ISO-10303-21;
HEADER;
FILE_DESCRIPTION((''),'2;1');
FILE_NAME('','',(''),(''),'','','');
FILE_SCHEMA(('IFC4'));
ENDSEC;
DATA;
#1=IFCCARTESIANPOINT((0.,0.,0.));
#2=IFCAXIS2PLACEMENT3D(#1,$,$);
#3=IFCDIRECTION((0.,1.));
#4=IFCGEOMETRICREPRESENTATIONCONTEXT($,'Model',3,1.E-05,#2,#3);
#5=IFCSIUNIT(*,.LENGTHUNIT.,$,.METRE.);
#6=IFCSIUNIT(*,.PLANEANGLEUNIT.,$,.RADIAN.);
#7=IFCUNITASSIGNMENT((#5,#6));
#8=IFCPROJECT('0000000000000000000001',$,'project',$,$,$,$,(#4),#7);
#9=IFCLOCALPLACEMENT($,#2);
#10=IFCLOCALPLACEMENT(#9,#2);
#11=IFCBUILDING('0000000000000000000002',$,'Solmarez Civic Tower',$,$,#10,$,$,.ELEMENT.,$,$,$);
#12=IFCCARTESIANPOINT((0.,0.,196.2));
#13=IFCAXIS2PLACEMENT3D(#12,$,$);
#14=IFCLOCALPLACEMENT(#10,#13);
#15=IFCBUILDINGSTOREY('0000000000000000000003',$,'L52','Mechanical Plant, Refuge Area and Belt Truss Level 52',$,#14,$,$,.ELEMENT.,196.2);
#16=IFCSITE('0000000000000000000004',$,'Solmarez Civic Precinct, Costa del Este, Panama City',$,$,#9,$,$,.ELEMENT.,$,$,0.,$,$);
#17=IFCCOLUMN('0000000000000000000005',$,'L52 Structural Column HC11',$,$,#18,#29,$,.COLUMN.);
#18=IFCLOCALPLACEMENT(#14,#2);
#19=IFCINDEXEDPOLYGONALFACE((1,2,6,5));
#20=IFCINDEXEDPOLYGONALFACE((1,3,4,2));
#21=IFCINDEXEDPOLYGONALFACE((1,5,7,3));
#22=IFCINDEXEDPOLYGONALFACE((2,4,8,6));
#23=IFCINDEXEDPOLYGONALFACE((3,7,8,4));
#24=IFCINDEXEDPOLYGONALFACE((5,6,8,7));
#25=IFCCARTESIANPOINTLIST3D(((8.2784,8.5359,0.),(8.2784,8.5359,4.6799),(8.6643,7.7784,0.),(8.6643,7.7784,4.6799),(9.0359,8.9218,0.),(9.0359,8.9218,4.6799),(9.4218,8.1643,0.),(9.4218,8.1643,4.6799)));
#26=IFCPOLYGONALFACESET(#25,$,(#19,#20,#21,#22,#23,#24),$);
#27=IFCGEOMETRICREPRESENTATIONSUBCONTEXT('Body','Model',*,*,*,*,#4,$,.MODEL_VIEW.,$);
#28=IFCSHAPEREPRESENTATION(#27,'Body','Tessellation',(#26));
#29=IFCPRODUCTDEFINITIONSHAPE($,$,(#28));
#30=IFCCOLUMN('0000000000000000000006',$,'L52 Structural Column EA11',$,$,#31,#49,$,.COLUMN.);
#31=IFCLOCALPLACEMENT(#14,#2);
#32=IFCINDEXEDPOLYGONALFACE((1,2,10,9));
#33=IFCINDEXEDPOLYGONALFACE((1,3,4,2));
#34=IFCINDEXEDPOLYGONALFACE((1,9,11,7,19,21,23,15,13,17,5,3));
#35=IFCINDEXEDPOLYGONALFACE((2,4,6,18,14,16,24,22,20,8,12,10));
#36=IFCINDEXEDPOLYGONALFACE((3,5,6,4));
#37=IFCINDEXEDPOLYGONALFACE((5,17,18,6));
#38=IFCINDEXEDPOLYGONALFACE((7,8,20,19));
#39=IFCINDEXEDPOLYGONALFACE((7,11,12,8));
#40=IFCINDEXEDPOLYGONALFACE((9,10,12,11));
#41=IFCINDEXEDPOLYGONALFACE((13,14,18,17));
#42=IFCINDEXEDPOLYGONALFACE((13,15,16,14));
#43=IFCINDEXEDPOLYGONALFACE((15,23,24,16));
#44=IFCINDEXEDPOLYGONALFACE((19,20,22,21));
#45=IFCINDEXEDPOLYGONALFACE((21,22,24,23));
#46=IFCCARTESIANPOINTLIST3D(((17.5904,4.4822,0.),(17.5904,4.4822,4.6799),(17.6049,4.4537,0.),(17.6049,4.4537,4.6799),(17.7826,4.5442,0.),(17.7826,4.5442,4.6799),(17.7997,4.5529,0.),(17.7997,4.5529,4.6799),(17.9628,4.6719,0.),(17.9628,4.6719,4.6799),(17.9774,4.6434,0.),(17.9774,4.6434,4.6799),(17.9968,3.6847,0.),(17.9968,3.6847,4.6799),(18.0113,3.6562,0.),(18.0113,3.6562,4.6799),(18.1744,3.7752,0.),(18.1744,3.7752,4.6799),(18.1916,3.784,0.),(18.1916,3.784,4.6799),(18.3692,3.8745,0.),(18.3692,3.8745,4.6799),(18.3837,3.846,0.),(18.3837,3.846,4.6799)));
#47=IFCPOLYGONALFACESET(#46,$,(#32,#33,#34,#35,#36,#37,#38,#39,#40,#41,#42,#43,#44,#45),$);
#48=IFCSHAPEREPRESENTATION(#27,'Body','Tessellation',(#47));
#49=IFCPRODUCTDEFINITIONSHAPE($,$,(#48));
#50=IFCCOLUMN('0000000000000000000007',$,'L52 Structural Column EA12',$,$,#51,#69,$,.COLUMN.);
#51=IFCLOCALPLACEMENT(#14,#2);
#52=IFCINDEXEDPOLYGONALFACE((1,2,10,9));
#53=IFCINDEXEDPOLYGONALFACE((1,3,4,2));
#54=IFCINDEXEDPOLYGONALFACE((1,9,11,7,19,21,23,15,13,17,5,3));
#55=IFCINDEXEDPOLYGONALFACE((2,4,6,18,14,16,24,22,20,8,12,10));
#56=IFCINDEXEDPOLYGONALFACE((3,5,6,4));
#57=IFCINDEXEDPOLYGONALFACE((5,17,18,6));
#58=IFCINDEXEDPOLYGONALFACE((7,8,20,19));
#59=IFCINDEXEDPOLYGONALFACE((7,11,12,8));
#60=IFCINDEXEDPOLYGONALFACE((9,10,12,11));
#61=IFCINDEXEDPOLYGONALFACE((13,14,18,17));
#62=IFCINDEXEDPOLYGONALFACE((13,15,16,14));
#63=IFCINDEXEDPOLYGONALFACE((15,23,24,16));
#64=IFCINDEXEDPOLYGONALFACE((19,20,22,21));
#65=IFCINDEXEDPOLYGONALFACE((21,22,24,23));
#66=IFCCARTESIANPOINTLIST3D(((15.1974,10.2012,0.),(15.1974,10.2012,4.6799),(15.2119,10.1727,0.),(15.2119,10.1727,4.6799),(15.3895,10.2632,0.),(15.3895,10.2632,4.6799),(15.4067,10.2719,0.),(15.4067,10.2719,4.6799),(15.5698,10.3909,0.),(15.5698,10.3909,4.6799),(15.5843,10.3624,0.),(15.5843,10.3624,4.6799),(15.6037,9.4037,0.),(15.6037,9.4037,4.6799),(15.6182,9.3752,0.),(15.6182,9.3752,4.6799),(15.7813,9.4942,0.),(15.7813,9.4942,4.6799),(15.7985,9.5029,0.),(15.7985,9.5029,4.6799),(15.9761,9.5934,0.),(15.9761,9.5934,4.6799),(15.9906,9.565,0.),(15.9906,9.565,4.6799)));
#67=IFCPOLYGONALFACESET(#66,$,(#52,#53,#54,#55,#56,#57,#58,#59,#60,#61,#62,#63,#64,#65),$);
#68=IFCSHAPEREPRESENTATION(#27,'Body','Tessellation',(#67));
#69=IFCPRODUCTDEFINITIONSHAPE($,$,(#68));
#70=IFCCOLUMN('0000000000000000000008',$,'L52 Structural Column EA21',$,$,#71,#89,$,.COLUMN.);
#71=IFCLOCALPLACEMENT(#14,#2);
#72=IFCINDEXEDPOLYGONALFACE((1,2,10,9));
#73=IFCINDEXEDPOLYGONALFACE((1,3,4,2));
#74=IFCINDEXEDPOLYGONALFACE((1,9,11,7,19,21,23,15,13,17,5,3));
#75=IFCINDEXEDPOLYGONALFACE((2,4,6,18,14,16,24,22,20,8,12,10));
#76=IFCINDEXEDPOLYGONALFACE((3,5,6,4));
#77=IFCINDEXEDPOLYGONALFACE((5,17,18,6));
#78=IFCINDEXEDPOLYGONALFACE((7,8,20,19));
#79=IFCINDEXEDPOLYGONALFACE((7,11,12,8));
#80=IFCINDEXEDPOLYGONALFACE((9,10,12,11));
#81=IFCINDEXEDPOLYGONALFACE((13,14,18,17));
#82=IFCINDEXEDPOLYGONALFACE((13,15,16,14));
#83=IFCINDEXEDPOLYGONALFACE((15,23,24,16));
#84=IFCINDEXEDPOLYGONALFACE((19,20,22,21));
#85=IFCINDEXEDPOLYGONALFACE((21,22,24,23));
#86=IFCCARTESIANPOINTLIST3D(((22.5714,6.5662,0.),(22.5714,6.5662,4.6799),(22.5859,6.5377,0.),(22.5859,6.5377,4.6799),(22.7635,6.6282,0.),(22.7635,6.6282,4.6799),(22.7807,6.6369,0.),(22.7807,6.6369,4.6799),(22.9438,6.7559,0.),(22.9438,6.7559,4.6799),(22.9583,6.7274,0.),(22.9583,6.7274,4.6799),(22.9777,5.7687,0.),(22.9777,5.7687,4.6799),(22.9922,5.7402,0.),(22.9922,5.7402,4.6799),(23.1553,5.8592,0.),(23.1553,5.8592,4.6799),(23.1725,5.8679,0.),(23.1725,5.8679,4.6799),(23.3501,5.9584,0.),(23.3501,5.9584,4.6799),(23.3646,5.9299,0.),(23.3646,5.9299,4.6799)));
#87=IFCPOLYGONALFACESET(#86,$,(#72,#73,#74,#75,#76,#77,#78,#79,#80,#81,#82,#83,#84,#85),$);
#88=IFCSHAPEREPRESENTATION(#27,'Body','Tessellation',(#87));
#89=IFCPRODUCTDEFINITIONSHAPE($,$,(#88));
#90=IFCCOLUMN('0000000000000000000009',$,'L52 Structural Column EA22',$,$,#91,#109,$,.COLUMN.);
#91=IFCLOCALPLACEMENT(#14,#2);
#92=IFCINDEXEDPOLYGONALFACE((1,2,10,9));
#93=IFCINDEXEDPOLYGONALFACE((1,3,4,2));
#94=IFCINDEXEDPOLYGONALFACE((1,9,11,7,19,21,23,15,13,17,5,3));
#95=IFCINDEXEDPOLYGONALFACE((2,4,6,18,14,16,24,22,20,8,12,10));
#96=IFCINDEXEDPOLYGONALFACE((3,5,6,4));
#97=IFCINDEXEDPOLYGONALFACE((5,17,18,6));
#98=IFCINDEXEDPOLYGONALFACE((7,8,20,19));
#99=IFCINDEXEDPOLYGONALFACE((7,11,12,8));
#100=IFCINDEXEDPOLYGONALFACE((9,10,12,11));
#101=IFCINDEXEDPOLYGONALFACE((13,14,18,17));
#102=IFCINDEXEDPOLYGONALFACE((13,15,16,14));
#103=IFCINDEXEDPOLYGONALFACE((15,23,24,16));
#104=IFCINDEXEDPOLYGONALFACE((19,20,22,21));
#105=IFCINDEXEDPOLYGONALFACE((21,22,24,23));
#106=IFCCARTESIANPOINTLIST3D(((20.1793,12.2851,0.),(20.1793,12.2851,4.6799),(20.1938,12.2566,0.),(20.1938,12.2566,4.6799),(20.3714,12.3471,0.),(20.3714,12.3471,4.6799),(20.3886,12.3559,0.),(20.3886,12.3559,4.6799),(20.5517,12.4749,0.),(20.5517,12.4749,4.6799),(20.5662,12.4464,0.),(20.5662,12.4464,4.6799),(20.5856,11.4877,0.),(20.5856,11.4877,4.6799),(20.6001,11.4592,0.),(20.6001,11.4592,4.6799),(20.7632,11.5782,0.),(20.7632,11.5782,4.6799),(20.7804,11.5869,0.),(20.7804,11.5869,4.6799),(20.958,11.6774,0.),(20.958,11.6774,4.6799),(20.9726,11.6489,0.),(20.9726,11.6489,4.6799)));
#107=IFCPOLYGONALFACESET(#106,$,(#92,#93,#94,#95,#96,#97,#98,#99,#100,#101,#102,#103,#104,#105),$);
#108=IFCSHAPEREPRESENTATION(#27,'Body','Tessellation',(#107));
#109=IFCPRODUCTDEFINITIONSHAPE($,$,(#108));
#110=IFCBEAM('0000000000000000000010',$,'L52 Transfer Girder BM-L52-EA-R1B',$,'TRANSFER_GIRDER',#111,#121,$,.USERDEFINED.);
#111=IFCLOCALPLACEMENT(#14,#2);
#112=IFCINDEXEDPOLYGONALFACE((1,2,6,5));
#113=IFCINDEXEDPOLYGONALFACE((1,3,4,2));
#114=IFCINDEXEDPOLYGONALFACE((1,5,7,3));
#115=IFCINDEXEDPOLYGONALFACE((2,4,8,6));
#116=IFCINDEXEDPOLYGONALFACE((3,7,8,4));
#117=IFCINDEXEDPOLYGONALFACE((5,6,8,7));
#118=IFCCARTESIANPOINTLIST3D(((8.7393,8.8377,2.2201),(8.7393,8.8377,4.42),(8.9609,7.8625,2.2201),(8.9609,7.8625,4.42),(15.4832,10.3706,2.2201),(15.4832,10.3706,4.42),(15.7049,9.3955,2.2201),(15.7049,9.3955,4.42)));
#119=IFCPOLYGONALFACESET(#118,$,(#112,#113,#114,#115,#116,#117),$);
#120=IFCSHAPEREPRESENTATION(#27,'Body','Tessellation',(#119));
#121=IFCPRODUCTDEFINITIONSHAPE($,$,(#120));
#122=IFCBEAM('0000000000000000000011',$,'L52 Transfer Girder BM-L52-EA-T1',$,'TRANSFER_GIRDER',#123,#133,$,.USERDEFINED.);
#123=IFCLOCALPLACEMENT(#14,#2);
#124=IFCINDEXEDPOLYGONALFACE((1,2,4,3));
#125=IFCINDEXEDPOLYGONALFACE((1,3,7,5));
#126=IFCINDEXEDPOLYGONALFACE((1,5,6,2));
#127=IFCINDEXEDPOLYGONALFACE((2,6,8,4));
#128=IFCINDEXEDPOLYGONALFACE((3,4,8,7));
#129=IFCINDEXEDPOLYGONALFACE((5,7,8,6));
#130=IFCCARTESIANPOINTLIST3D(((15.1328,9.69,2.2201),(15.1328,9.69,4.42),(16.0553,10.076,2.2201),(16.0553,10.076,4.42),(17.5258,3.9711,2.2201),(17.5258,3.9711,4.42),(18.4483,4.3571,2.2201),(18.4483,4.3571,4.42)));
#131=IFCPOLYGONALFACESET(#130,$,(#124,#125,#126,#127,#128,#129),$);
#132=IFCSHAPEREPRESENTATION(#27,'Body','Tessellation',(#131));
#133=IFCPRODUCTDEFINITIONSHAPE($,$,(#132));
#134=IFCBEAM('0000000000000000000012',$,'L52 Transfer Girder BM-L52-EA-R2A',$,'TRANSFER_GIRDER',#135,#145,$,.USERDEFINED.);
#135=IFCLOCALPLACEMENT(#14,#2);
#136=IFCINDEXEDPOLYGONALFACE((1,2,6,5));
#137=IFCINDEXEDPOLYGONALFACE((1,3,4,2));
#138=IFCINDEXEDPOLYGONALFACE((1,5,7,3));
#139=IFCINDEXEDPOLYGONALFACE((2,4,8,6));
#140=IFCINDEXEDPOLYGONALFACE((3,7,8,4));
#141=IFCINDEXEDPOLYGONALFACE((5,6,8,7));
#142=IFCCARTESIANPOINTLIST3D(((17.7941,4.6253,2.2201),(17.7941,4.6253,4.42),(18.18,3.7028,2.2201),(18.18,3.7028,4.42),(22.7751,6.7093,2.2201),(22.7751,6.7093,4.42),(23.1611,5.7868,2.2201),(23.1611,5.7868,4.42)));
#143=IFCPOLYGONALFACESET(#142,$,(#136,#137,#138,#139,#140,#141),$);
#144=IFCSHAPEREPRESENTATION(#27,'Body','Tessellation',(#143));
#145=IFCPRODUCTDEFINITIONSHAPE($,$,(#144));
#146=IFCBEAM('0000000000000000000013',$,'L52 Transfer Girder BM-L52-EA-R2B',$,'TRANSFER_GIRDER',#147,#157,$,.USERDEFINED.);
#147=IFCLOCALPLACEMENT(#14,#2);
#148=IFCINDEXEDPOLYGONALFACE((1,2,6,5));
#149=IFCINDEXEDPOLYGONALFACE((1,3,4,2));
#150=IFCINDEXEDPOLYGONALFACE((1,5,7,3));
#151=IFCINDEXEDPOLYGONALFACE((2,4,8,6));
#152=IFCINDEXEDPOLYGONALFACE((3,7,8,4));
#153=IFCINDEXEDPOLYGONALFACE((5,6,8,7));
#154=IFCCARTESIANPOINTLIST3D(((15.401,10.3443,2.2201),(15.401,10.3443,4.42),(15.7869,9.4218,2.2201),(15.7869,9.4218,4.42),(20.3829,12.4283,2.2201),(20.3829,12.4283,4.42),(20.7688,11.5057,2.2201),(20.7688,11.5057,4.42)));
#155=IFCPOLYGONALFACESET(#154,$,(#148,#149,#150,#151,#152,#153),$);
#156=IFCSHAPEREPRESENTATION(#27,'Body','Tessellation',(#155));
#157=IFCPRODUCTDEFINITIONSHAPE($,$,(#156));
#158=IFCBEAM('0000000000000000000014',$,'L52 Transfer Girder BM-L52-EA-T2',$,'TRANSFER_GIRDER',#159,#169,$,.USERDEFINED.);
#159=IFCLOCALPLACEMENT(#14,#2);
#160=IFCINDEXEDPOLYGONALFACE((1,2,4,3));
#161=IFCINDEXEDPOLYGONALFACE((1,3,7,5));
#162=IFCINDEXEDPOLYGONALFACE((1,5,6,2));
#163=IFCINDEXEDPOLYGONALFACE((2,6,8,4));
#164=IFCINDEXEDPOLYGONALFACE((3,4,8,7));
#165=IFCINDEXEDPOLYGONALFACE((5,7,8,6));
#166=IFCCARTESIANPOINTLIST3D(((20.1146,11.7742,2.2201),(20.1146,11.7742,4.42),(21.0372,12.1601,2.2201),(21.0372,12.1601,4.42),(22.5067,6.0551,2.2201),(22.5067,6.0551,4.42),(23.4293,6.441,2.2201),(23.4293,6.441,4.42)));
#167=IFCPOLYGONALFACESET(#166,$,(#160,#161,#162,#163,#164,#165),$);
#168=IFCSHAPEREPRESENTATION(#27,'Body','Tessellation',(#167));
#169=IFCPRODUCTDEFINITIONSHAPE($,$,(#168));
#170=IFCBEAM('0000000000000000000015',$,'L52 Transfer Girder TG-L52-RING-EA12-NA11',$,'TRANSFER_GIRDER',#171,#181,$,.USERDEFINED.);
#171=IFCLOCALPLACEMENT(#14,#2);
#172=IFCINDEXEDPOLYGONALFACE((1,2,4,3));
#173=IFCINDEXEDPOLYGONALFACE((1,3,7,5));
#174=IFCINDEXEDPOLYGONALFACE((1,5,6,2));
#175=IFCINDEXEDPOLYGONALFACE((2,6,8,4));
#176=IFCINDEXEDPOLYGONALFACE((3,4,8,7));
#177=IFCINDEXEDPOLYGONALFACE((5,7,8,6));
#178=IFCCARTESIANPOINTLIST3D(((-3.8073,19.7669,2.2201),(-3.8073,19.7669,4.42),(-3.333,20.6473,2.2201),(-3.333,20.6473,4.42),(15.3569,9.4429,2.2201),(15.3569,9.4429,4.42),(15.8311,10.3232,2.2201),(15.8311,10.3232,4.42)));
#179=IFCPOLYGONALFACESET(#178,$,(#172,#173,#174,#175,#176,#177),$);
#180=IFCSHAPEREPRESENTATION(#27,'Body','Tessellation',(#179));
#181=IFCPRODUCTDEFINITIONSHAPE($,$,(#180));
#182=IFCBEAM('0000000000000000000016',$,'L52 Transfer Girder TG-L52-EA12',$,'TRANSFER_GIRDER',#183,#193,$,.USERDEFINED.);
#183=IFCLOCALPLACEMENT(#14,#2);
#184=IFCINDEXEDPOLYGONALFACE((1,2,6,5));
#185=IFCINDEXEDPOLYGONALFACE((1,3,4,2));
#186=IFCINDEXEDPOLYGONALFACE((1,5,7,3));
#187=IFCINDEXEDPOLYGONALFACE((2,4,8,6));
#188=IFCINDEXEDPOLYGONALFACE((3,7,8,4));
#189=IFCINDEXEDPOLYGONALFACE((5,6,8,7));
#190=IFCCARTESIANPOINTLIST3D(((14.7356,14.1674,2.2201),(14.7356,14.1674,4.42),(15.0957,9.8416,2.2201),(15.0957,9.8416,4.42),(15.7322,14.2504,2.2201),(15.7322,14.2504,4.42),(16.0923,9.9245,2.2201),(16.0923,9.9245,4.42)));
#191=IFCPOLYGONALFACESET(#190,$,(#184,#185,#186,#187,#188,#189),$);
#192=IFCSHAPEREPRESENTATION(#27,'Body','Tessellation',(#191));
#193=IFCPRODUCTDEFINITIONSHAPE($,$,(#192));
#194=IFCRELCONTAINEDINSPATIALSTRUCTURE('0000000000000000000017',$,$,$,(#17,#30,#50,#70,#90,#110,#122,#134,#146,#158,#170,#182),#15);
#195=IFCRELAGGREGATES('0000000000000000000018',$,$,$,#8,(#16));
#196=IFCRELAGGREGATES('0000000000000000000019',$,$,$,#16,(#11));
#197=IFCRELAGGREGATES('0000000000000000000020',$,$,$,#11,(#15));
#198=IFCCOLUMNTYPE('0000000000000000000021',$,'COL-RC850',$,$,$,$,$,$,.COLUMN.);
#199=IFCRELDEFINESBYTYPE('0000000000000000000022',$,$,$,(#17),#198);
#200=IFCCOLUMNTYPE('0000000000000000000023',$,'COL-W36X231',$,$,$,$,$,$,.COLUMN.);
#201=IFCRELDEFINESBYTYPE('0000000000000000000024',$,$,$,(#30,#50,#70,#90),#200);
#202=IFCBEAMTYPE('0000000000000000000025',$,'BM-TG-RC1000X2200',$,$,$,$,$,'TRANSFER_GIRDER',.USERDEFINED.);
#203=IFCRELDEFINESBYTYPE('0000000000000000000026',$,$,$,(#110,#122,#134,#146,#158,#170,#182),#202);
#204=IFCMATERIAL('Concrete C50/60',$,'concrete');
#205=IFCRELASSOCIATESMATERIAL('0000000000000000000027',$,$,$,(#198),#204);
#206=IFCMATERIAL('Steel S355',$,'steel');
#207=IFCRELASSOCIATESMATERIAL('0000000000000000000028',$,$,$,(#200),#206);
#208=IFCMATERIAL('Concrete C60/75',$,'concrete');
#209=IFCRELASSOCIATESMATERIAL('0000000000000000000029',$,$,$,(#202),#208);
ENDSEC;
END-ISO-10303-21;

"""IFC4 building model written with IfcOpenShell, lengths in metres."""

from ifc_helpers import new_model, si_unit, direction, frame, origin, origin_2d, place, context, subcontext, project, spatial, rectangle, i_section, extrude, material, material_profile, profile_set, type_object, element, save


model = new_model("IFC4")

# Units and contexts
model_context = context("Model", 3, precision=1e-05, world=origin(), true_north=direction((0.0, 1.0)))
body_context = subcontext(model_context, "Body", "Model", "MODEL_VIEW")
ifc_project = project(units=[si_unit("LENGTHUNIT", "METRE"), si_unit("PLANEANGLEUNIT", "RADIAN")], contexts=[model_context])

# Site, building, storey
site_placement = place(None, origin())
site = spatial("IfcSite", under=ifc_project, at=site_placement, Name="Solmarez Civic Precinct, Costa del Este, Panama City", CompositionType="ELEMENT", RefElevation=0.0)
building_placement = place(site_placement, origin())
building = spatial("IfcBuilding", under=site, at=building_placement, Name="Solmarez Civic Tower", CompositionType="ELEMENT")
storey_placement = place(building_placement, frame((0.0, 0.0, 196.2)))
storey = spatial("IfcBuildingStorey", under=building, at=storey_placement, Name="L52", Description="Mechanical Plant, Refuge Area and Belt Truss Level 52", CompositionType="ELEMENT", Elevation=196.2)

# Columns
ifc_material_1 = material(Name="Concrete C50/60", Category="concrete")
ifc_material_profile_1 = material_profile(ifc_material_1, rectangle(XDim=0.8501, YDim=0.8501, at=origin_2d()), Name="RC850X850")
ifc_profile_set_1 = profile_set([ifc_material_profile_1], Name="Concrete C50/60")
column_type_1 = type_object("IfcColumnType", Name="COL-RC850", PredefinedType="COLUMN", material=ifc_profile_set_1)
column_placement = place(storey_placement, frame((8.8501, 8.3501, 0.0), z_axis=(0.0, 0.0, 1.0), x_axis=(0.891007, 0.45399, 0.0)))
element("IfcColumn", 1, at=column_placement, inside=storey, type_object=column_type_1, Name="L52 Structural Column HC11", PredefinedType="COLUMN", context=body_context, shape_type="SweptSolid", body=[
    extrude(rectangle(XDim=0.8501, YDim=0.8501, at=origin_2d()), origin(), (0.0, 0.0, 1.0), 4.6799),
])
ifc_material_2 = material(Name="Steel S355", Category="steel")
ifc_material_profile_2 = material_profile(ifc_material_2, i_section(OverallWidth=0.418, OverallDepth=0.927, WebThickness=0.0193, FlangeThickness=0.032, at=origin_2d()), Name="W36X231")
ifc_profile_set_2 = profile_set([ifc_material_profile_2], Name="Steel S355")
column_type_2 = type_object("IfcColumnType", Name="COL-W36X231", PredefinedType="COLUMN", material=ifc_profile_set_2)
for number, where, z_axis, x_axis, name in (
    (2, (17.9871, 4.1641, 0.0), (0.0, 0.0, 1.0), (0.891007, 0.45399, 0.0), "L52 Structural Column EA11"),
    (3, (15.594, 9.8831, 0.0), (0.0, 0.0, 1.0), (0.891007, 0.45399, 0.0), "L52 Structural Column EA12"),
    (4, (22.968, 6.248, 0.0), (0.0, 0.0, 1.0), (0.891007, 0.45399, 0.0), "L52 Structural Column EA21"),
    (5, (20.5759, 11.967, 0.0), (0.0, 0.0, 1.0), (0.891007, 0.45399, 0.0), "L52 Structural Column EA22"),
):
    element("IfcColumn", number, at=place(storey_placement, frame(where, z_axis=z_axis, x_axis=x_axis)), inside=storey, type_object=column_type_2, Name=name, PredefinedType="COLUMN", context=body_context, shape_type="SweptSolid", body=[
        extrude(i_section(OverallWidth=0.418, OverallDepth=0.927, WebThickness=0.0193, FlangeThickness=0.032, at=origin_2d()), origin(), (0.0, 0.0, 1.0), 4.6799),
    ])

# Beams
ifc_material_3 = material(Name="Concrete C60/75", Category="concrete")
ifc_material_profile_3 = material_profile(ifc_material_3, rectangle(XDim=1.0, YDim=2.2, at=origin_2d()), Name="RC1000X2200")
ifc_profile_set_3 = profile_set([ifc_material_profile_3], Name="Concrete C60/75")
beam_type_1 = type_object("IfcBeamType", Name="BM-TG-RC1000X2200", ElementType="TRANSFER_GIRDER", PredefinedType="USERDEFINED", material=ifc_profile_set_3)
beam_1_placement = place(storey_placement, frame((8.8501, 8.3501, 3.3201), z_axis=(0.975125, 0.221656, 0.0), x_axis=(-0.221656, 0.975125, 0.0)))
element("IfcBeam", 6, at=beam_1_placement, inside=storey, type_object=beam_type_1, Name="L52 Transfer Girder BM-L52-EA-R1B", ObjectType="TRANSFER_GIRDER", PredefinedType="USERDEFINED", context=body_context, shape_type="SweptSolid", body=[
    extrude(rectangle(XDim=1.0, YDim=2.2, at=origin_2d()), origin(), (0.0, 0.0, 1.0), 6.916),
])
beam_2_placement = place(storey_placement, frame((17.9871, 4.1641, 3.3201), z_axis=(-0.38601, 0.922494, 0.0), x_axis=(-0.922494, -0.38601, 0.0)))
element("IfcBeam", 7, at=beam_2_placement, inside=storey, type_object=beam_type_1, Name="L52 Transfer Girder BM-L52-EA-T1", ObjectType="TRANSFER_GIRDER", PredefinedType="USERDEFINED", context=body_context, shape_type="SweptSolid", body=[
    extrude(rectangle(XDim=1.0, YDim=2.2, at=origin_2d()), origin(), (0.0, 0.0, 1.0), 6.1995),
])
beam_3_placement = place(storey_placement, frame((17.9871, 4.1641, 3.3201), z_axis=(0.922511, 0.38597, 0.0), x_axis=(-0.38597, 0.922511, 0.0)))
element("IfcBeam", 8, at=beam_3_placement, inside=storey, type_object=beam_type_1, Name="L52 Transfer Girder BM-L52-EA-R2A", ObjectType="TRANSFER_GIRDER", PredefinedType="USERDEFINED", context=body_context, shape_type="SweptSolid", body=[
    extrude(rectangle(XDim=1.0, YDim=2.2, at=origin_2d()), origin(), (0.0, 0.0, 1.0), 5.3994),
])
beam_4_placement = place(storey_placement, frame((15.594, 9.8831, 3.3201), z_axis=(0.922538, 0.385905, 0.0), x_axis=(-0.385905, 0.922538, 0.0)))
element("IfcBeam", 9, at=beam_4_placement, inside=storey, type_object=beam_type_1, Name="L52 Transfer Girder BM-L52-EA-R2B", ObjectType="TRANSFER_GIRDER", PredefinedType="USERDEFINED", context=body_context, shape_type="SweptSolid", body=[
    extrude(rectangle(XDim=1.0, YDim=2.2, at=origin_2d()), origin(), (0.0, 0.0, 1.0), 5.4001),
])
beam_5_placement = place(storey_placement, frame((22.968, 6.248, 3.3201), z_axis=(-0.385876, 0.922551, 0.0), x_axis=(-0.922551, -0.385876, 0.0)))
element("IfcBeam", 10, at=beam_5_placement, inside=storey, type_object=beam_type_1, Name="L52 Transfer Girder BM-L52-EA-T2", ObjectType="TRANSFER_GIRDER", PredefinedType="USERDEFINED", context=body_context, shape_type="SweptSolid", body=[
    extrude(rectangle(XDim=1.0, YDim=2.2, at=origin_2d()), origin(), (0.0, 0.0, 1.0), 6.1992),
])
beam_6_placement = place(storey_placement, frame((15.594, 9.8831, 3.3201), z_axis=(-0.880378, 0.474273, 0.0), x_axis=(-0.474273, -0.880378, 0.0)))
element("IfcBeam", 11, at=beam_6_placement, inside=storey, type_object=beam_type_1, Name="L52 Transfer Girder TG-L52-RING-EA12-NA11", ObjectType="TRANSFER_GIRDER", PredefinedType="USERDEFINED", context=body_context, shape_type="SweptSolid", body=[
    extrude(rectangle(XDim=1.0, YDim=2.2, at=origin_2d()), origin(), (0.0, 0.0, 1.0), 21.7681),
])
beam_7_placement = place(storey_placement, frame((15.594, 9.8831, 3.3201), z_axis=(-0.082957, 0.996553, 0.0), x_axis=(-0.996553, -0.082957, 0.0)))
element("IfcBeam", 12, at=beam_7_placement, inside=storey, type_object=beam_type_1, Name="L52 Transfer Girder TG-L52-EA12", ObjectType="TRANSFER_GIRDER", PredefinedType="USERDEFINED", context=body_context, shape_type="SweptSolid", body=[
    extrude(rectangle(XDim=1.0, YDim=2.2, at=origin_2d()), origin(), (0.0, 0.0, 1.0), 4.3408),
])

save(model, "model.ifc")
